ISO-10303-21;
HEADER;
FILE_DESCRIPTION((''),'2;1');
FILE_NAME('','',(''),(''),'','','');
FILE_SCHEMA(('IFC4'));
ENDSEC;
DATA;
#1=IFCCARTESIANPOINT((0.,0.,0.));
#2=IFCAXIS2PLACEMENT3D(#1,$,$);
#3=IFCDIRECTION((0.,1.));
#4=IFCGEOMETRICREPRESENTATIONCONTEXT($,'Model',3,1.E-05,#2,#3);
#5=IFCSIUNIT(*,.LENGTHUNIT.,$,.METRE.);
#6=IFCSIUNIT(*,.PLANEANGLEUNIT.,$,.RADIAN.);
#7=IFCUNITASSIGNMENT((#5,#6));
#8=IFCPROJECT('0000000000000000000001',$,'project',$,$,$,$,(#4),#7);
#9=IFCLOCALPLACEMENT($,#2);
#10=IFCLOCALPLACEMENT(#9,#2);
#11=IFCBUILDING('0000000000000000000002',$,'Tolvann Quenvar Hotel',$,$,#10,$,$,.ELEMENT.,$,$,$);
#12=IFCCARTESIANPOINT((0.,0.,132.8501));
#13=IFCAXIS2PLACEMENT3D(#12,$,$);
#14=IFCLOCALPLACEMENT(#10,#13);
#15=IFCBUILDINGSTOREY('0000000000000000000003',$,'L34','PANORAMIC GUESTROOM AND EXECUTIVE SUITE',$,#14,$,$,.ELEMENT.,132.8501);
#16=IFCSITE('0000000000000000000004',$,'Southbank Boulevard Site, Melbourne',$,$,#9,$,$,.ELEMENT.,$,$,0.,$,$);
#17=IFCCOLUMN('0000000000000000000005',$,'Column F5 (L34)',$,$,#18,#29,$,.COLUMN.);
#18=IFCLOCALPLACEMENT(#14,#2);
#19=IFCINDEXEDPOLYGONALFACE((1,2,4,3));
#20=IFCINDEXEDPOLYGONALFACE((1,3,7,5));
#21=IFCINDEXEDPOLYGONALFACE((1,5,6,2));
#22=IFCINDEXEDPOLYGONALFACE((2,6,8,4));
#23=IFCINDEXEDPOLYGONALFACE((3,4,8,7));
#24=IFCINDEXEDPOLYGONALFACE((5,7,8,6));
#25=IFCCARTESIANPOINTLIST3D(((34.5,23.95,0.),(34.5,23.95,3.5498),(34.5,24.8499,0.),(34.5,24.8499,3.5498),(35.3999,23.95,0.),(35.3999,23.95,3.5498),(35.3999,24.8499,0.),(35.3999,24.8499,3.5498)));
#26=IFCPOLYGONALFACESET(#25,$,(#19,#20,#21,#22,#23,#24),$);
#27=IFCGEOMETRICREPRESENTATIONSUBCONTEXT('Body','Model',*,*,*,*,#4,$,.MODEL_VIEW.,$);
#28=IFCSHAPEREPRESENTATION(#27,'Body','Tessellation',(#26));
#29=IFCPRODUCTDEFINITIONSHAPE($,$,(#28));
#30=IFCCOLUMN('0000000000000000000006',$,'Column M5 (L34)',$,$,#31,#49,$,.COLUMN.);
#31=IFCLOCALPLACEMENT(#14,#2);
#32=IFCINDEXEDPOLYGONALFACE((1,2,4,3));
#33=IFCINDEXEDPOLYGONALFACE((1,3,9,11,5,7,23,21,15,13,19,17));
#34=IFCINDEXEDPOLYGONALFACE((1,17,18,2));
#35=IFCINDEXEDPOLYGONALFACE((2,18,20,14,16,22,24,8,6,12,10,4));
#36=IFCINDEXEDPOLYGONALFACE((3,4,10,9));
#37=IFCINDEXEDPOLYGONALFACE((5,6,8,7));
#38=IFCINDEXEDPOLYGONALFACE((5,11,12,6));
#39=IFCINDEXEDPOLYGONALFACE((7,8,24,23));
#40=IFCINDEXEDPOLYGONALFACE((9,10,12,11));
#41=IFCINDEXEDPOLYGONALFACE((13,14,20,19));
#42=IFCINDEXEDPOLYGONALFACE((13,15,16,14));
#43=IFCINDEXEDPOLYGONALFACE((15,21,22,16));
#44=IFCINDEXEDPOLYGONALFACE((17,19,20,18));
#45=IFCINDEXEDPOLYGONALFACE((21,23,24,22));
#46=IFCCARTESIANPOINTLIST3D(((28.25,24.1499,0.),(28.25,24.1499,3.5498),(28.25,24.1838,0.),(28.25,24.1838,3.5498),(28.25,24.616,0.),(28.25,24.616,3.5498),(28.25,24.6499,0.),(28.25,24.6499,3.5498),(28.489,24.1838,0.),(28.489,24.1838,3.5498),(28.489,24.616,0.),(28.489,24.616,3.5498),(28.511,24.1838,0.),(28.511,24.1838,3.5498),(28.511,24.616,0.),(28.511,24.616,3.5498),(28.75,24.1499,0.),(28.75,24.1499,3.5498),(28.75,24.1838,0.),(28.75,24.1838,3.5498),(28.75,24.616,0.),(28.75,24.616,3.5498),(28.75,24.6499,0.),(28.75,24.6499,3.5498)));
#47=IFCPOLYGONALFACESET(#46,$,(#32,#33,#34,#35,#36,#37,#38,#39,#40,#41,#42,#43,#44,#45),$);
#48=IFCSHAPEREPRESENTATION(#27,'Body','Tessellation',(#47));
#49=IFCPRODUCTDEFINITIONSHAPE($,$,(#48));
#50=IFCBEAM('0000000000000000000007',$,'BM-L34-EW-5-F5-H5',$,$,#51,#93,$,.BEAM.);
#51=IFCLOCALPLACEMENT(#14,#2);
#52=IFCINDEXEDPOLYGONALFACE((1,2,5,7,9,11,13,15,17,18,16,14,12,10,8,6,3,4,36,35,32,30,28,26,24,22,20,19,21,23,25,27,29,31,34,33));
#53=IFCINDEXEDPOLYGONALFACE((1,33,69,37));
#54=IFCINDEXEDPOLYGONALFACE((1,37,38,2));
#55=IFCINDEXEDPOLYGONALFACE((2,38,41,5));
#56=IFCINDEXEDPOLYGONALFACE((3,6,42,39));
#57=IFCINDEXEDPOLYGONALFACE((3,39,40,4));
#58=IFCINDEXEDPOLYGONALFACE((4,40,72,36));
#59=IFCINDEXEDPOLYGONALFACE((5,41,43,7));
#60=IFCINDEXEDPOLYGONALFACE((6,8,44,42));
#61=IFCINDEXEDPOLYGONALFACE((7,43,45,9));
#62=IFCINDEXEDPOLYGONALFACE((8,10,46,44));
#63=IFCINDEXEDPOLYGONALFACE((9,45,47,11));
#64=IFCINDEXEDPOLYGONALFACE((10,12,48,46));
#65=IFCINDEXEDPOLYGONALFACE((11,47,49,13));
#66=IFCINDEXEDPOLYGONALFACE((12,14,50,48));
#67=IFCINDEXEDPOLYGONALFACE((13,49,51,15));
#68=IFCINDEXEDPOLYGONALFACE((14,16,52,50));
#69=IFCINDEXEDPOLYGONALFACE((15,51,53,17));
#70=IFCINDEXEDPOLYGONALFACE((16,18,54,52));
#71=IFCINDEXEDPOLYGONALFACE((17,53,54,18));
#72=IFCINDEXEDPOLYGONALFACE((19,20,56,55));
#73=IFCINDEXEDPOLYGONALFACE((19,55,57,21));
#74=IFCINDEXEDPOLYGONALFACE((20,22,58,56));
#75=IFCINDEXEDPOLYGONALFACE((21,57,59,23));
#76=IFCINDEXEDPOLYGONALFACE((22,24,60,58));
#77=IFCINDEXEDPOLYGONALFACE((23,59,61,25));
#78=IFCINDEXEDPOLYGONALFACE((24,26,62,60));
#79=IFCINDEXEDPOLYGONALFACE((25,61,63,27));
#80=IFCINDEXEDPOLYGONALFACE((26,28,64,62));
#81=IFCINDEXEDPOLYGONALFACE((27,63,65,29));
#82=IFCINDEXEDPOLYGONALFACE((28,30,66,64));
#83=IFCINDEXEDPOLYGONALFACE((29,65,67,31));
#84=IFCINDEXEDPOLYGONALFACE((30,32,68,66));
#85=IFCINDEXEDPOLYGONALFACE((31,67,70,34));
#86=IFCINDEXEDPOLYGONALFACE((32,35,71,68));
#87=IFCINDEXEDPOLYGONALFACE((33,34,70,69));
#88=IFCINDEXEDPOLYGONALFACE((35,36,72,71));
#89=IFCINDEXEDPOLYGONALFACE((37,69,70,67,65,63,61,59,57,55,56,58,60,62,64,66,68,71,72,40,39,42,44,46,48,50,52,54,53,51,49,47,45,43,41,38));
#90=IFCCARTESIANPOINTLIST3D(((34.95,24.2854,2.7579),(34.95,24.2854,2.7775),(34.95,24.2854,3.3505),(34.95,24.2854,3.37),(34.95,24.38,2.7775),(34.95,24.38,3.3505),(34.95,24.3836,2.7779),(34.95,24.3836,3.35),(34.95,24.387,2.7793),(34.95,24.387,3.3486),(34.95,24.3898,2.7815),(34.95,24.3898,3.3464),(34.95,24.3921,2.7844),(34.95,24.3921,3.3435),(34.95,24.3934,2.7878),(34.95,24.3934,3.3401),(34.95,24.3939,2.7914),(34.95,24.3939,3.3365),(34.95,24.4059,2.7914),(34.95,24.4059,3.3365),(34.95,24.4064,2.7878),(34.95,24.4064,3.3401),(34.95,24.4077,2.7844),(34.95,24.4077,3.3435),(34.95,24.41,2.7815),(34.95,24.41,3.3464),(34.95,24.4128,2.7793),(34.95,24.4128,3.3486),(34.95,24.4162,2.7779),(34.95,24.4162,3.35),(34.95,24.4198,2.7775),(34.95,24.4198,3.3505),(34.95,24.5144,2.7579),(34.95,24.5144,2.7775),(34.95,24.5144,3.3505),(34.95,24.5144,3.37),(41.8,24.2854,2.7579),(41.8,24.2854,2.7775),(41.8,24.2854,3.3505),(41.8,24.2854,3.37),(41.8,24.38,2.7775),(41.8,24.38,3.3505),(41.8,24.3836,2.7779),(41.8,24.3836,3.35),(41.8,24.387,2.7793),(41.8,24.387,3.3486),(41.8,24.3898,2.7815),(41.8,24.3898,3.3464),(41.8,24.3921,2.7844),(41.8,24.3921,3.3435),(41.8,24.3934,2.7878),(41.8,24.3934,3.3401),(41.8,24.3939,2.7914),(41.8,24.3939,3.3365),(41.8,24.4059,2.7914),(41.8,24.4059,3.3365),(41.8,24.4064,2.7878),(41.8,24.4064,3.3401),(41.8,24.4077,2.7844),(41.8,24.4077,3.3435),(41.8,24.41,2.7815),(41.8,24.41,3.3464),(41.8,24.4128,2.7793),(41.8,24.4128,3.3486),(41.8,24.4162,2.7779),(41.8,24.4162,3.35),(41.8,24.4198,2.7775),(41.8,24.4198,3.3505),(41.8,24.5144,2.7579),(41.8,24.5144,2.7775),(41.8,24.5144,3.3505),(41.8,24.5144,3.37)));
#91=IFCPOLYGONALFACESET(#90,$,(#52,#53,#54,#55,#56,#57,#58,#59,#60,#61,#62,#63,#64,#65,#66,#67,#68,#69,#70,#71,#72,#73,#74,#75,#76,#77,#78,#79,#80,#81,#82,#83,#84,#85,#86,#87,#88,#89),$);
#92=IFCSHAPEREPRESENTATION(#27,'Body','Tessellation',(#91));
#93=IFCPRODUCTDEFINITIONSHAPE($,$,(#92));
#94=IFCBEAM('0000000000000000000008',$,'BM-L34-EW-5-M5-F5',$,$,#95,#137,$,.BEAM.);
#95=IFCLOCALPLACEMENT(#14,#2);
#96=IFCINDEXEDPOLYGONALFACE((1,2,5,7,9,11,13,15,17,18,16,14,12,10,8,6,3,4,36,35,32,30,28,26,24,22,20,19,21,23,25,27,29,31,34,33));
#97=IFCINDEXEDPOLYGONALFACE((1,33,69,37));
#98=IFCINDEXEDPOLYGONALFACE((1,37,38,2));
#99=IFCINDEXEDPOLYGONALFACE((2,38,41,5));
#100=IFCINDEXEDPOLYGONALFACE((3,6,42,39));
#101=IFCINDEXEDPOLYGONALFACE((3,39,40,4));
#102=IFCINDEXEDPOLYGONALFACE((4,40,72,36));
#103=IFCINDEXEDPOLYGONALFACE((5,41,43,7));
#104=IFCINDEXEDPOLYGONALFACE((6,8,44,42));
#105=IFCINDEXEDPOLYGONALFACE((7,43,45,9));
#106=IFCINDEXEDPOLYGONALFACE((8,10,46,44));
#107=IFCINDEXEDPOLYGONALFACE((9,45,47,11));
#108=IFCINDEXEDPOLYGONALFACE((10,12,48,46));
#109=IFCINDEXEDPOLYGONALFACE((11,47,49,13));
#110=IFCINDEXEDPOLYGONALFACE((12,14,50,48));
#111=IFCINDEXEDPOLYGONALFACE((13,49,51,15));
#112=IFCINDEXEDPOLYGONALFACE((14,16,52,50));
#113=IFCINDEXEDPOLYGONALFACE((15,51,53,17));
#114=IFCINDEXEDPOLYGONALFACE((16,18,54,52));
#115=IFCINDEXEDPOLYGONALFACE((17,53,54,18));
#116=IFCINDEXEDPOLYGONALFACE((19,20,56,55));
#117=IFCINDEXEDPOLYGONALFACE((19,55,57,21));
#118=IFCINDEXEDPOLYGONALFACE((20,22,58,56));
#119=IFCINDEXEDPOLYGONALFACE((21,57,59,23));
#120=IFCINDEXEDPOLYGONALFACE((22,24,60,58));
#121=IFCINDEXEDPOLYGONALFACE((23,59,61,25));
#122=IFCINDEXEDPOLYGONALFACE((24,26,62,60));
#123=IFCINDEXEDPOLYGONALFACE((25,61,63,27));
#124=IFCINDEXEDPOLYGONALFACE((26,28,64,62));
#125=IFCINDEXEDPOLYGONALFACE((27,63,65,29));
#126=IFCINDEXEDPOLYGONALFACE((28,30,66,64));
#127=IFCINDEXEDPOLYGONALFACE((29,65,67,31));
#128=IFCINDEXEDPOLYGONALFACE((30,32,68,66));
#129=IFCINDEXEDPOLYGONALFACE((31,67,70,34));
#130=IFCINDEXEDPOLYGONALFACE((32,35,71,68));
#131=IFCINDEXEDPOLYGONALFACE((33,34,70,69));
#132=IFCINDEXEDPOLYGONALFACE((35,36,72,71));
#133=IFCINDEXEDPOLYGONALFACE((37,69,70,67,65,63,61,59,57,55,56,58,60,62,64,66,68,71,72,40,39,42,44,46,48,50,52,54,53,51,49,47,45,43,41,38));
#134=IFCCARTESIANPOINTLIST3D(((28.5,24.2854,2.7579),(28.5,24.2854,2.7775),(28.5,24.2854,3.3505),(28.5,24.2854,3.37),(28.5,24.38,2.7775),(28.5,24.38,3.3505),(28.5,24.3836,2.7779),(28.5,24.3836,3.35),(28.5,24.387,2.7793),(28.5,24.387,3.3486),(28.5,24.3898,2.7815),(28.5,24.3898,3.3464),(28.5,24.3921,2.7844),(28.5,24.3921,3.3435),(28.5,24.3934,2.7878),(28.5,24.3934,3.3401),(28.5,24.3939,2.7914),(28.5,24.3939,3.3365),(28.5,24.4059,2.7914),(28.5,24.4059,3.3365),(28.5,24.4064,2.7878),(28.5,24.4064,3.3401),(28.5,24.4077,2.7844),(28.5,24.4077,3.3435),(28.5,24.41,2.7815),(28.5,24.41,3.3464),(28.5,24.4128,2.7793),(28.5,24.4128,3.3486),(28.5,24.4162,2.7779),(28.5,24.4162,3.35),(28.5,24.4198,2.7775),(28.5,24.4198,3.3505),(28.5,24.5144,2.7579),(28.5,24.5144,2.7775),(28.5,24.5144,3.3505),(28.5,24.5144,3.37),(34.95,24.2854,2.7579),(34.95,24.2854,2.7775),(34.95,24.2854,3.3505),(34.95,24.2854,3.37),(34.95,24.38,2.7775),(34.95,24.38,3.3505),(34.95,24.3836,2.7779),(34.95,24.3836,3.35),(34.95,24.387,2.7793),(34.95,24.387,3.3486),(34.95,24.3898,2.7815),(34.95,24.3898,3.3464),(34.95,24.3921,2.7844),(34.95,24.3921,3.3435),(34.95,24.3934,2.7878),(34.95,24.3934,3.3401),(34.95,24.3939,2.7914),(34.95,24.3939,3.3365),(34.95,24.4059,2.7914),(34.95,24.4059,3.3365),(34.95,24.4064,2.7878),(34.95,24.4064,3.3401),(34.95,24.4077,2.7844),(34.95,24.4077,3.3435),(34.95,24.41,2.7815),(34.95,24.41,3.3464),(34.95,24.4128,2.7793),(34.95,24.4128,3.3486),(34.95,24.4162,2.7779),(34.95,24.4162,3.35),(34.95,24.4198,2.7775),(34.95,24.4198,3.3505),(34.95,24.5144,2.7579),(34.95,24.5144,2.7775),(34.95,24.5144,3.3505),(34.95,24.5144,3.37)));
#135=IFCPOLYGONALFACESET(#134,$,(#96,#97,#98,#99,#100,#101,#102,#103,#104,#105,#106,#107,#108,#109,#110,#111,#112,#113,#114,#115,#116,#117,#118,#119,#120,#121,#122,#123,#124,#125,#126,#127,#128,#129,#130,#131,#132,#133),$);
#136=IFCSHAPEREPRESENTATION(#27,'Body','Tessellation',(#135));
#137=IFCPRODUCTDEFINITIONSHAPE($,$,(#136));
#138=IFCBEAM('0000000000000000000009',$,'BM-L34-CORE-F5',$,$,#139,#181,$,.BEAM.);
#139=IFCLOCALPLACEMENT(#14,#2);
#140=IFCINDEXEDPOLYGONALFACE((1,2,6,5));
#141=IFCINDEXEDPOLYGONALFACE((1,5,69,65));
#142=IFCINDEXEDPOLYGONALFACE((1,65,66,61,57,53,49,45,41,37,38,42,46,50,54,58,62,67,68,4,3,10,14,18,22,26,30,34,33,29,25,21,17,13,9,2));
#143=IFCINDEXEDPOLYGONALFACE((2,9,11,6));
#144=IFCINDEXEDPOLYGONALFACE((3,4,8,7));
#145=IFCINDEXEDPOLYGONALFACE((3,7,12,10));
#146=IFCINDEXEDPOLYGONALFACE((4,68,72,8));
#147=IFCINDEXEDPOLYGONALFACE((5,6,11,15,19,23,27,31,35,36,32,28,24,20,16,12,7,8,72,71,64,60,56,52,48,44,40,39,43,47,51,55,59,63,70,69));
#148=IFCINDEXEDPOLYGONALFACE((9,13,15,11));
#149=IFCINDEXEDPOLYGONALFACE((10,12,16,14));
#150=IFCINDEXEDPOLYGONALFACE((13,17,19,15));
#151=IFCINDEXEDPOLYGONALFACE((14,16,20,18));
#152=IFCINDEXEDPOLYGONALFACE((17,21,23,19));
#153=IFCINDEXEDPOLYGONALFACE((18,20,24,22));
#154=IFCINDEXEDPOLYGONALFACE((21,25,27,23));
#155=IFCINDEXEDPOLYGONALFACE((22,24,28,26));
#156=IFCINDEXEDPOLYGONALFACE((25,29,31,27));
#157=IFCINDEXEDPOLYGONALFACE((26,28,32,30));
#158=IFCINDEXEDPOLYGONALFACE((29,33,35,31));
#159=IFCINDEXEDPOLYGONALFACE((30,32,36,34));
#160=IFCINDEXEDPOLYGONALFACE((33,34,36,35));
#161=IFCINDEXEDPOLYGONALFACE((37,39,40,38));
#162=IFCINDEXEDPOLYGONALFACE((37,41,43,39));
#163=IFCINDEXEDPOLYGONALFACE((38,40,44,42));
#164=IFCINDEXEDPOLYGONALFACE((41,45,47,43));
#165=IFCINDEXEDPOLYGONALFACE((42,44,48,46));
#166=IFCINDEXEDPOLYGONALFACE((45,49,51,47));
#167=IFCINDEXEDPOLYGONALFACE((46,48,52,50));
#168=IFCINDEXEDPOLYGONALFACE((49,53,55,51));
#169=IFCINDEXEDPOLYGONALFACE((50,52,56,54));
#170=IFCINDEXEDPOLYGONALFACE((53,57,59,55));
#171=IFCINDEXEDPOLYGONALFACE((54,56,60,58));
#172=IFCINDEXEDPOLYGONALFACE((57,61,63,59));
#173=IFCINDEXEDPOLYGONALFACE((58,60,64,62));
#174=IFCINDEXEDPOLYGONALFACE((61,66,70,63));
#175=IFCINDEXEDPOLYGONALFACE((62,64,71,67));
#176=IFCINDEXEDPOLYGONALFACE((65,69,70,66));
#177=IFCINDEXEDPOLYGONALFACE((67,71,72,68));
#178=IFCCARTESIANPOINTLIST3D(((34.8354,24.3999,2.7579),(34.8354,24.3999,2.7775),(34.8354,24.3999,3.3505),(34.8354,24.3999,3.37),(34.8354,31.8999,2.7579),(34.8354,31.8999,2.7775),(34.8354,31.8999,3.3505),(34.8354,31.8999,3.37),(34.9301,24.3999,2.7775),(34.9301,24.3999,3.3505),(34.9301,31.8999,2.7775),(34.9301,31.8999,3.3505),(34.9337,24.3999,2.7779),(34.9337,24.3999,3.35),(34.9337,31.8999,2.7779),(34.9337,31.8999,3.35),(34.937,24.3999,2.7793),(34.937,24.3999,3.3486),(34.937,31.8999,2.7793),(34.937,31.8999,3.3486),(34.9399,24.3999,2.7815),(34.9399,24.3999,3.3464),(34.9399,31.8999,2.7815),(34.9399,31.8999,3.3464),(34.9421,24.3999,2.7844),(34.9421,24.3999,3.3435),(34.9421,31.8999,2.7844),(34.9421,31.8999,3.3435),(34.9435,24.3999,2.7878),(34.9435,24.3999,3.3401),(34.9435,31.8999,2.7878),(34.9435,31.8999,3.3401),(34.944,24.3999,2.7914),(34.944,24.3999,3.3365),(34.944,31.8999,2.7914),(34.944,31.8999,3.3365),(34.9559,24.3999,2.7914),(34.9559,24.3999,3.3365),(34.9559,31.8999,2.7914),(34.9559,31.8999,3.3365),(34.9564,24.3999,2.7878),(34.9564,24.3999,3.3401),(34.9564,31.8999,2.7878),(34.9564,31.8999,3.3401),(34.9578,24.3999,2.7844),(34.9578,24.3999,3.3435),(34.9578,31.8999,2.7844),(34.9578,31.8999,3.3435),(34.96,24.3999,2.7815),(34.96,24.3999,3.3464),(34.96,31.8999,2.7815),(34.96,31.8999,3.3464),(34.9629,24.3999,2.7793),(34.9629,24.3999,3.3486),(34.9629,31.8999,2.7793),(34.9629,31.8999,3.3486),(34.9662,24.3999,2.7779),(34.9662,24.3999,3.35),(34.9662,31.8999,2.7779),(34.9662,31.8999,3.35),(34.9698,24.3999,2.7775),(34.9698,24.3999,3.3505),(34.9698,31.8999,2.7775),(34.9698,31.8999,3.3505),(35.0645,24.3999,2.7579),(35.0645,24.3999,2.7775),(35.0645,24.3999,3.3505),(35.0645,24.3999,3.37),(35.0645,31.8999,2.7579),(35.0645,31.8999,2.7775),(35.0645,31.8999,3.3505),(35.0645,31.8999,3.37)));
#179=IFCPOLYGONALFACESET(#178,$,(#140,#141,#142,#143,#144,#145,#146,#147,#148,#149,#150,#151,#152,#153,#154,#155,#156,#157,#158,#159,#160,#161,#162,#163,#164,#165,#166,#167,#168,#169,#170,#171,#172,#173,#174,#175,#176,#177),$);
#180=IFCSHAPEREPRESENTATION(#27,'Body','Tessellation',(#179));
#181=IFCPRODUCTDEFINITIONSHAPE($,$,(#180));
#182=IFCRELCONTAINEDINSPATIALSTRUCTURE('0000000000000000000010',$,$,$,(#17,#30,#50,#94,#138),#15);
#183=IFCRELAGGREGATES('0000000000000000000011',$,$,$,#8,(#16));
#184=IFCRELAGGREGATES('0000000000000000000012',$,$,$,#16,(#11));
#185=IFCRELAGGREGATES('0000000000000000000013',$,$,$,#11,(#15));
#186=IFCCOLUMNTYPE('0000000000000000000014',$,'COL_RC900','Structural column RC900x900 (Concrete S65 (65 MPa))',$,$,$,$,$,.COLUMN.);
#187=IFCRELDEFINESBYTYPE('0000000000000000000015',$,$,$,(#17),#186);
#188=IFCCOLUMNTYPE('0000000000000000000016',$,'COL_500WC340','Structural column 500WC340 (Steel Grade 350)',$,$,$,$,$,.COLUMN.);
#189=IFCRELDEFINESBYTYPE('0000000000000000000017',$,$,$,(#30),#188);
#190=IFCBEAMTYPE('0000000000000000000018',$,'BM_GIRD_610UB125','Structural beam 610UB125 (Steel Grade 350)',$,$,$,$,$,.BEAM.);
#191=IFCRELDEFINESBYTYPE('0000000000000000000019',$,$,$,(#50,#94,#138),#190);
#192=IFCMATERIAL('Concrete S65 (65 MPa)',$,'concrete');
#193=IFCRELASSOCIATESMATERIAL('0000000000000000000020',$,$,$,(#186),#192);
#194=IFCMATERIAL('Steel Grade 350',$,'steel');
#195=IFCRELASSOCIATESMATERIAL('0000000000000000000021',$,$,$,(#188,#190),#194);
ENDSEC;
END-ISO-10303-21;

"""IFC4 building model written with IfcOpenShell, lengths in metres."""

from ifc_helpers import new_model, si_unit, direction, frame, origin, origin_2d, place, context, subcontext, project, spatial, rectangle, i_section, extrude, source, transform, mapped, material, material_profile, profile_set, type_object, type_shapes, element, save


model = new_model("IFC4")

# Units and contexts
model_context = context("Model", 3, precision=1e-05, world=origin(), true_north=direction((0.0, 1.0)))
body_context = subcontext(model_context, "Body", "Model", "MODEL_VIEW")
ifc_project = project(units=[si_unit("LENGTHUNIT", "METRE"), si_unit("PLANEANGLEUNIT", "RADIAN")], contexts=[model_context])

# Site, building, storey
site_placement = place(None, origin())
site = spatial("IfcSite", under=ifc_project, at=site_placement, Name="Southbank Boulevard Site, Melbourne", CompositionType="ELEMENT", RefElevation=0.0)
building_placement = place(site_placement, origin())
building = spatial("IfcBuilding", under=site, at=building_placement, Name="Tolvann Quenvar Hotel", CompositionType="ELEMENT")
storey_placement = place(building_placement, frame((0.0, 0.0, 132.8501)))
storey = spatial("IfcBuildingStorey", under=building, at=storey_placement, Name="L34", Description="PANORAMIC GUESTROOM AND EXECUTIVE SUITE", CompositionType="ELEMENT", Elevation=132.8501)

# Columns
ifc_material_1 = material(Name="Concrete S65 (65 MPa)", Category="concrete")
ifc_material_profile_1 = material_profile(ifc_material_1, rectangle(XDim=0.8999, YDim=0.8999, at=origin_2d()), Name="RC900x900")
ifc_profile_set_1 = profile_set([ifc_material_profile_1], Name="Concrete S65 (65 MPa)")
column_type_1 = type_object("IfcColumnType", Name="COL_RC900", Description="Structural column RC900x900 (Concrete S65 (65 MPa))", PredefinedType="COLUMN", material=ifc_profile_set_1)
shared_shape_1 = source(origin(), body_context, "Body", "SweptSolid", [
    extrude(rectangle(XDim=0.8999, YDim=0.8999, at=origin_2d()), origin(), (0.0, 0.0, 1.0), 3.5498),
])
type_shapes(column_type_1, [shared_shape_1])
column_1_placement = place(storey_placement, frame((34.95, 24.3999, 0.0), z_axis=(0.0, 0.0, 1.0), x_axis=(1.0, 0.0, 0.0)))
element("IfcColumn", 1, at=column_1_placement, inside=storey, type_object=column_type_1, Name="Column F5 (L34)", PredefinedType="COLUMN", context=body_context, shape_type="MappedRepresentation", body=[
    mapped(shared_shape_1, transform((0.0, 0.0, 0.0), x_axis=(1.0, 0.0, 0.0), y_axis=(0.0, 1.0, 0.0), z_axis=(0.0, 0.0, 1.0), scale=1.0)),
])
ifc_material_2 = material(Name="Steel Grade 350", Category="steel")
ifc_material_profile_2 = material_profile(ifc_material_2, i_section(OverallWidth=0.5, OverallDepth=0.5, WebThickness=0.022, FlangeThickness=0.0339, at=origin_2d()), Name="500WC340")
ifc_profile_set_2 = profile_set([ifc_material_profile_2], Name="Steel Grade 350")
column_type_2 = type_object("IfcColumnType", Name="COL_500WC340", Description="Structural column 500WC340 (Steel Grade 350)", PredefinedType="COLUMN", material=ifc_profile_set_2)
shared_shape_2 = source(origin(), body_context, "Body", "SweptSolid", [
    extrude(i_section(OverallWidth=0.5, OverallDepth=0.5, WebThickness=0.022, FlangeThickness=0.0339, at=origin_2d()), origin(), (0.0, 0.0, 1.0), 3.5498),
])
type_shapes(column_type_2, [shared_shape_2])
column_2_placement = place(storey_placement, frame((28.5, 24.3999, 0.0), z_axis=(0.0, 0.0, 1.0), x_axis=(1.0, 0.0, 0.0)))
element("IfcColumn", 2, at=column_2_placement, inside=storey, type_object=column_type_2, Name="Column M5 (L34)", PredefinedType="COLUMN", context=body_context, shape_type="MappedRepresentation", body=[
    mapped(shared_shape_2, transform((0.0, 0.0, 0.0), x_axis=(1.0, 0.0, 0.0), y_axis=(0.0, 1.0, 0.0), z_axis=(0.0, 0.0, 1.0), scale=1.0)),
])

# Beams
ifc_material_profile_3 = material_profile(ifc_material_2, i_section(OverallWidth=0.229, OverallDepth=0.6121, WebThickness=0.012, FlangeThickness=0.0195, FilletRadius=0.0139, at=origin_2d()), Name="610UB125")
ifc_profile_set_3 = profile_set([ifc_material_profile_3], Name="Steel Grade 350")
beam_type_1 = type_object("IfcBeamType", Name="BM_GIRD_610UB125", Description="Structural beam 610UB125 (Steel Grade 350)", PredefinedType="BEAM", material=ifc_profile_set_3)
shared_shape_3 = source(origin(), body_context, "Body", "SweptSolid", [
    extrude(i_section(OverallWidth=0.229, OverallDepth=0.6121, WebThickness=0.012, FlangeThickness=0.0195, FilletRadius=0.0139, at=origin_2d()), origin(), (0.0, 0.0, 1.0), 6.8501),
])
beam_1_placement = place(storey_placement, frame((34.95, 24.3999, 3.064), z_axis=(1.0, 0.0, 0.0), x_axis=(0.0, 1.0, 0.0)))
element("IfcBeam", 3, at=beam_1_placement, inside=storey, type_object=beam_type_1, Name="BM-L34-EW-5-F5-H5", PredefinedType="BEAM", context=body_context, shape_type="MappedRepresentation", body=[
    mapped(shared_shape_3, transform((0.0, 0.0, 0.0), x_axis=(1.0, 0.0, 0.0), y_axis=(0.0, 1.0, 0.0), z_axis=(0.0, 0.0, 1.0), scale=1.0)),
])
shared_shape_4 = source(origin(), body_context, "Body", "SweptSolid", [
    extrude(i_section(OverallWidth=0.229, OverallDepth=0.6121, WebThickness=0.012, FlangeThickness=0.0195, FilletRadius=0.0139, at=origin_2d()), origin(), (0.0, 0.0, 1.0), 6.45),
])
beam_2_placement = place(storey_placement, frame((28.5, 24.3999, 3.064), z_axis=(1.0, 0.0, 0.0), x_axis=(0.0, 1.0, 0.0)))
element("IfcBeam", 4, at=beam_2_placement, inside=storey, type_object=beam_type_1, Name="BM-L34-EW-5-M5-F5", PredefinedType="BEAM", context=body_context, shape_type="MappedRepresentation", body=[
    mapped(shared_shape_4, transform((0.0, 0.0, 0.0), x_axis=(1.0, 0.0, 0.0), y_axis=(0.0, 1.0, 0.0), z_axis=(0.0, 0.0, 1.0), scale=1.0)),
])
shared_shape_5 = source(origin(), body_context, "Body", "SweptSolid", [
    extrude(i_section(OverallWidth=0.229, OverallDepth=0.6121, WebThickness=0.012, FlangeThickness=0.0195, FilletRadius=0.0139, at=origin_2d()), origin(), (0.0, 0.0, 1.0), 7.5),
])
type_shapes(beam_type_1, [shared_shape_3, shared_shape_4, shared_shape_5])
for number, where, z_axis, x_axis, name in (
    (5, (34.95, 24.3999, 3.064), (0.0, 1.0, 0.0), (-1.0, 0.0, 0.0), "BM-L34-CORE-F5"),
):
    element("IfcBeam", number, at=place(storey_placement, frame(where, z_axis=z_axis, x_axis=x_axis)), inside=storey, type_object=beam_type_1, Name=name, PredefinedType="BEAM", context=body_context, shape_type="MappedRepresentation", body=[
        mapped(shared_shape_5, transform((0.0, 0.0, 0.0), x_axis=(1.0, 0.0, 0.0), y_axis=(0.0, 1.0, 0.0), z_axis=(0.0, 0.0, 1.0), scale=1.0)),
    ])

save(model, "model.ifc")
